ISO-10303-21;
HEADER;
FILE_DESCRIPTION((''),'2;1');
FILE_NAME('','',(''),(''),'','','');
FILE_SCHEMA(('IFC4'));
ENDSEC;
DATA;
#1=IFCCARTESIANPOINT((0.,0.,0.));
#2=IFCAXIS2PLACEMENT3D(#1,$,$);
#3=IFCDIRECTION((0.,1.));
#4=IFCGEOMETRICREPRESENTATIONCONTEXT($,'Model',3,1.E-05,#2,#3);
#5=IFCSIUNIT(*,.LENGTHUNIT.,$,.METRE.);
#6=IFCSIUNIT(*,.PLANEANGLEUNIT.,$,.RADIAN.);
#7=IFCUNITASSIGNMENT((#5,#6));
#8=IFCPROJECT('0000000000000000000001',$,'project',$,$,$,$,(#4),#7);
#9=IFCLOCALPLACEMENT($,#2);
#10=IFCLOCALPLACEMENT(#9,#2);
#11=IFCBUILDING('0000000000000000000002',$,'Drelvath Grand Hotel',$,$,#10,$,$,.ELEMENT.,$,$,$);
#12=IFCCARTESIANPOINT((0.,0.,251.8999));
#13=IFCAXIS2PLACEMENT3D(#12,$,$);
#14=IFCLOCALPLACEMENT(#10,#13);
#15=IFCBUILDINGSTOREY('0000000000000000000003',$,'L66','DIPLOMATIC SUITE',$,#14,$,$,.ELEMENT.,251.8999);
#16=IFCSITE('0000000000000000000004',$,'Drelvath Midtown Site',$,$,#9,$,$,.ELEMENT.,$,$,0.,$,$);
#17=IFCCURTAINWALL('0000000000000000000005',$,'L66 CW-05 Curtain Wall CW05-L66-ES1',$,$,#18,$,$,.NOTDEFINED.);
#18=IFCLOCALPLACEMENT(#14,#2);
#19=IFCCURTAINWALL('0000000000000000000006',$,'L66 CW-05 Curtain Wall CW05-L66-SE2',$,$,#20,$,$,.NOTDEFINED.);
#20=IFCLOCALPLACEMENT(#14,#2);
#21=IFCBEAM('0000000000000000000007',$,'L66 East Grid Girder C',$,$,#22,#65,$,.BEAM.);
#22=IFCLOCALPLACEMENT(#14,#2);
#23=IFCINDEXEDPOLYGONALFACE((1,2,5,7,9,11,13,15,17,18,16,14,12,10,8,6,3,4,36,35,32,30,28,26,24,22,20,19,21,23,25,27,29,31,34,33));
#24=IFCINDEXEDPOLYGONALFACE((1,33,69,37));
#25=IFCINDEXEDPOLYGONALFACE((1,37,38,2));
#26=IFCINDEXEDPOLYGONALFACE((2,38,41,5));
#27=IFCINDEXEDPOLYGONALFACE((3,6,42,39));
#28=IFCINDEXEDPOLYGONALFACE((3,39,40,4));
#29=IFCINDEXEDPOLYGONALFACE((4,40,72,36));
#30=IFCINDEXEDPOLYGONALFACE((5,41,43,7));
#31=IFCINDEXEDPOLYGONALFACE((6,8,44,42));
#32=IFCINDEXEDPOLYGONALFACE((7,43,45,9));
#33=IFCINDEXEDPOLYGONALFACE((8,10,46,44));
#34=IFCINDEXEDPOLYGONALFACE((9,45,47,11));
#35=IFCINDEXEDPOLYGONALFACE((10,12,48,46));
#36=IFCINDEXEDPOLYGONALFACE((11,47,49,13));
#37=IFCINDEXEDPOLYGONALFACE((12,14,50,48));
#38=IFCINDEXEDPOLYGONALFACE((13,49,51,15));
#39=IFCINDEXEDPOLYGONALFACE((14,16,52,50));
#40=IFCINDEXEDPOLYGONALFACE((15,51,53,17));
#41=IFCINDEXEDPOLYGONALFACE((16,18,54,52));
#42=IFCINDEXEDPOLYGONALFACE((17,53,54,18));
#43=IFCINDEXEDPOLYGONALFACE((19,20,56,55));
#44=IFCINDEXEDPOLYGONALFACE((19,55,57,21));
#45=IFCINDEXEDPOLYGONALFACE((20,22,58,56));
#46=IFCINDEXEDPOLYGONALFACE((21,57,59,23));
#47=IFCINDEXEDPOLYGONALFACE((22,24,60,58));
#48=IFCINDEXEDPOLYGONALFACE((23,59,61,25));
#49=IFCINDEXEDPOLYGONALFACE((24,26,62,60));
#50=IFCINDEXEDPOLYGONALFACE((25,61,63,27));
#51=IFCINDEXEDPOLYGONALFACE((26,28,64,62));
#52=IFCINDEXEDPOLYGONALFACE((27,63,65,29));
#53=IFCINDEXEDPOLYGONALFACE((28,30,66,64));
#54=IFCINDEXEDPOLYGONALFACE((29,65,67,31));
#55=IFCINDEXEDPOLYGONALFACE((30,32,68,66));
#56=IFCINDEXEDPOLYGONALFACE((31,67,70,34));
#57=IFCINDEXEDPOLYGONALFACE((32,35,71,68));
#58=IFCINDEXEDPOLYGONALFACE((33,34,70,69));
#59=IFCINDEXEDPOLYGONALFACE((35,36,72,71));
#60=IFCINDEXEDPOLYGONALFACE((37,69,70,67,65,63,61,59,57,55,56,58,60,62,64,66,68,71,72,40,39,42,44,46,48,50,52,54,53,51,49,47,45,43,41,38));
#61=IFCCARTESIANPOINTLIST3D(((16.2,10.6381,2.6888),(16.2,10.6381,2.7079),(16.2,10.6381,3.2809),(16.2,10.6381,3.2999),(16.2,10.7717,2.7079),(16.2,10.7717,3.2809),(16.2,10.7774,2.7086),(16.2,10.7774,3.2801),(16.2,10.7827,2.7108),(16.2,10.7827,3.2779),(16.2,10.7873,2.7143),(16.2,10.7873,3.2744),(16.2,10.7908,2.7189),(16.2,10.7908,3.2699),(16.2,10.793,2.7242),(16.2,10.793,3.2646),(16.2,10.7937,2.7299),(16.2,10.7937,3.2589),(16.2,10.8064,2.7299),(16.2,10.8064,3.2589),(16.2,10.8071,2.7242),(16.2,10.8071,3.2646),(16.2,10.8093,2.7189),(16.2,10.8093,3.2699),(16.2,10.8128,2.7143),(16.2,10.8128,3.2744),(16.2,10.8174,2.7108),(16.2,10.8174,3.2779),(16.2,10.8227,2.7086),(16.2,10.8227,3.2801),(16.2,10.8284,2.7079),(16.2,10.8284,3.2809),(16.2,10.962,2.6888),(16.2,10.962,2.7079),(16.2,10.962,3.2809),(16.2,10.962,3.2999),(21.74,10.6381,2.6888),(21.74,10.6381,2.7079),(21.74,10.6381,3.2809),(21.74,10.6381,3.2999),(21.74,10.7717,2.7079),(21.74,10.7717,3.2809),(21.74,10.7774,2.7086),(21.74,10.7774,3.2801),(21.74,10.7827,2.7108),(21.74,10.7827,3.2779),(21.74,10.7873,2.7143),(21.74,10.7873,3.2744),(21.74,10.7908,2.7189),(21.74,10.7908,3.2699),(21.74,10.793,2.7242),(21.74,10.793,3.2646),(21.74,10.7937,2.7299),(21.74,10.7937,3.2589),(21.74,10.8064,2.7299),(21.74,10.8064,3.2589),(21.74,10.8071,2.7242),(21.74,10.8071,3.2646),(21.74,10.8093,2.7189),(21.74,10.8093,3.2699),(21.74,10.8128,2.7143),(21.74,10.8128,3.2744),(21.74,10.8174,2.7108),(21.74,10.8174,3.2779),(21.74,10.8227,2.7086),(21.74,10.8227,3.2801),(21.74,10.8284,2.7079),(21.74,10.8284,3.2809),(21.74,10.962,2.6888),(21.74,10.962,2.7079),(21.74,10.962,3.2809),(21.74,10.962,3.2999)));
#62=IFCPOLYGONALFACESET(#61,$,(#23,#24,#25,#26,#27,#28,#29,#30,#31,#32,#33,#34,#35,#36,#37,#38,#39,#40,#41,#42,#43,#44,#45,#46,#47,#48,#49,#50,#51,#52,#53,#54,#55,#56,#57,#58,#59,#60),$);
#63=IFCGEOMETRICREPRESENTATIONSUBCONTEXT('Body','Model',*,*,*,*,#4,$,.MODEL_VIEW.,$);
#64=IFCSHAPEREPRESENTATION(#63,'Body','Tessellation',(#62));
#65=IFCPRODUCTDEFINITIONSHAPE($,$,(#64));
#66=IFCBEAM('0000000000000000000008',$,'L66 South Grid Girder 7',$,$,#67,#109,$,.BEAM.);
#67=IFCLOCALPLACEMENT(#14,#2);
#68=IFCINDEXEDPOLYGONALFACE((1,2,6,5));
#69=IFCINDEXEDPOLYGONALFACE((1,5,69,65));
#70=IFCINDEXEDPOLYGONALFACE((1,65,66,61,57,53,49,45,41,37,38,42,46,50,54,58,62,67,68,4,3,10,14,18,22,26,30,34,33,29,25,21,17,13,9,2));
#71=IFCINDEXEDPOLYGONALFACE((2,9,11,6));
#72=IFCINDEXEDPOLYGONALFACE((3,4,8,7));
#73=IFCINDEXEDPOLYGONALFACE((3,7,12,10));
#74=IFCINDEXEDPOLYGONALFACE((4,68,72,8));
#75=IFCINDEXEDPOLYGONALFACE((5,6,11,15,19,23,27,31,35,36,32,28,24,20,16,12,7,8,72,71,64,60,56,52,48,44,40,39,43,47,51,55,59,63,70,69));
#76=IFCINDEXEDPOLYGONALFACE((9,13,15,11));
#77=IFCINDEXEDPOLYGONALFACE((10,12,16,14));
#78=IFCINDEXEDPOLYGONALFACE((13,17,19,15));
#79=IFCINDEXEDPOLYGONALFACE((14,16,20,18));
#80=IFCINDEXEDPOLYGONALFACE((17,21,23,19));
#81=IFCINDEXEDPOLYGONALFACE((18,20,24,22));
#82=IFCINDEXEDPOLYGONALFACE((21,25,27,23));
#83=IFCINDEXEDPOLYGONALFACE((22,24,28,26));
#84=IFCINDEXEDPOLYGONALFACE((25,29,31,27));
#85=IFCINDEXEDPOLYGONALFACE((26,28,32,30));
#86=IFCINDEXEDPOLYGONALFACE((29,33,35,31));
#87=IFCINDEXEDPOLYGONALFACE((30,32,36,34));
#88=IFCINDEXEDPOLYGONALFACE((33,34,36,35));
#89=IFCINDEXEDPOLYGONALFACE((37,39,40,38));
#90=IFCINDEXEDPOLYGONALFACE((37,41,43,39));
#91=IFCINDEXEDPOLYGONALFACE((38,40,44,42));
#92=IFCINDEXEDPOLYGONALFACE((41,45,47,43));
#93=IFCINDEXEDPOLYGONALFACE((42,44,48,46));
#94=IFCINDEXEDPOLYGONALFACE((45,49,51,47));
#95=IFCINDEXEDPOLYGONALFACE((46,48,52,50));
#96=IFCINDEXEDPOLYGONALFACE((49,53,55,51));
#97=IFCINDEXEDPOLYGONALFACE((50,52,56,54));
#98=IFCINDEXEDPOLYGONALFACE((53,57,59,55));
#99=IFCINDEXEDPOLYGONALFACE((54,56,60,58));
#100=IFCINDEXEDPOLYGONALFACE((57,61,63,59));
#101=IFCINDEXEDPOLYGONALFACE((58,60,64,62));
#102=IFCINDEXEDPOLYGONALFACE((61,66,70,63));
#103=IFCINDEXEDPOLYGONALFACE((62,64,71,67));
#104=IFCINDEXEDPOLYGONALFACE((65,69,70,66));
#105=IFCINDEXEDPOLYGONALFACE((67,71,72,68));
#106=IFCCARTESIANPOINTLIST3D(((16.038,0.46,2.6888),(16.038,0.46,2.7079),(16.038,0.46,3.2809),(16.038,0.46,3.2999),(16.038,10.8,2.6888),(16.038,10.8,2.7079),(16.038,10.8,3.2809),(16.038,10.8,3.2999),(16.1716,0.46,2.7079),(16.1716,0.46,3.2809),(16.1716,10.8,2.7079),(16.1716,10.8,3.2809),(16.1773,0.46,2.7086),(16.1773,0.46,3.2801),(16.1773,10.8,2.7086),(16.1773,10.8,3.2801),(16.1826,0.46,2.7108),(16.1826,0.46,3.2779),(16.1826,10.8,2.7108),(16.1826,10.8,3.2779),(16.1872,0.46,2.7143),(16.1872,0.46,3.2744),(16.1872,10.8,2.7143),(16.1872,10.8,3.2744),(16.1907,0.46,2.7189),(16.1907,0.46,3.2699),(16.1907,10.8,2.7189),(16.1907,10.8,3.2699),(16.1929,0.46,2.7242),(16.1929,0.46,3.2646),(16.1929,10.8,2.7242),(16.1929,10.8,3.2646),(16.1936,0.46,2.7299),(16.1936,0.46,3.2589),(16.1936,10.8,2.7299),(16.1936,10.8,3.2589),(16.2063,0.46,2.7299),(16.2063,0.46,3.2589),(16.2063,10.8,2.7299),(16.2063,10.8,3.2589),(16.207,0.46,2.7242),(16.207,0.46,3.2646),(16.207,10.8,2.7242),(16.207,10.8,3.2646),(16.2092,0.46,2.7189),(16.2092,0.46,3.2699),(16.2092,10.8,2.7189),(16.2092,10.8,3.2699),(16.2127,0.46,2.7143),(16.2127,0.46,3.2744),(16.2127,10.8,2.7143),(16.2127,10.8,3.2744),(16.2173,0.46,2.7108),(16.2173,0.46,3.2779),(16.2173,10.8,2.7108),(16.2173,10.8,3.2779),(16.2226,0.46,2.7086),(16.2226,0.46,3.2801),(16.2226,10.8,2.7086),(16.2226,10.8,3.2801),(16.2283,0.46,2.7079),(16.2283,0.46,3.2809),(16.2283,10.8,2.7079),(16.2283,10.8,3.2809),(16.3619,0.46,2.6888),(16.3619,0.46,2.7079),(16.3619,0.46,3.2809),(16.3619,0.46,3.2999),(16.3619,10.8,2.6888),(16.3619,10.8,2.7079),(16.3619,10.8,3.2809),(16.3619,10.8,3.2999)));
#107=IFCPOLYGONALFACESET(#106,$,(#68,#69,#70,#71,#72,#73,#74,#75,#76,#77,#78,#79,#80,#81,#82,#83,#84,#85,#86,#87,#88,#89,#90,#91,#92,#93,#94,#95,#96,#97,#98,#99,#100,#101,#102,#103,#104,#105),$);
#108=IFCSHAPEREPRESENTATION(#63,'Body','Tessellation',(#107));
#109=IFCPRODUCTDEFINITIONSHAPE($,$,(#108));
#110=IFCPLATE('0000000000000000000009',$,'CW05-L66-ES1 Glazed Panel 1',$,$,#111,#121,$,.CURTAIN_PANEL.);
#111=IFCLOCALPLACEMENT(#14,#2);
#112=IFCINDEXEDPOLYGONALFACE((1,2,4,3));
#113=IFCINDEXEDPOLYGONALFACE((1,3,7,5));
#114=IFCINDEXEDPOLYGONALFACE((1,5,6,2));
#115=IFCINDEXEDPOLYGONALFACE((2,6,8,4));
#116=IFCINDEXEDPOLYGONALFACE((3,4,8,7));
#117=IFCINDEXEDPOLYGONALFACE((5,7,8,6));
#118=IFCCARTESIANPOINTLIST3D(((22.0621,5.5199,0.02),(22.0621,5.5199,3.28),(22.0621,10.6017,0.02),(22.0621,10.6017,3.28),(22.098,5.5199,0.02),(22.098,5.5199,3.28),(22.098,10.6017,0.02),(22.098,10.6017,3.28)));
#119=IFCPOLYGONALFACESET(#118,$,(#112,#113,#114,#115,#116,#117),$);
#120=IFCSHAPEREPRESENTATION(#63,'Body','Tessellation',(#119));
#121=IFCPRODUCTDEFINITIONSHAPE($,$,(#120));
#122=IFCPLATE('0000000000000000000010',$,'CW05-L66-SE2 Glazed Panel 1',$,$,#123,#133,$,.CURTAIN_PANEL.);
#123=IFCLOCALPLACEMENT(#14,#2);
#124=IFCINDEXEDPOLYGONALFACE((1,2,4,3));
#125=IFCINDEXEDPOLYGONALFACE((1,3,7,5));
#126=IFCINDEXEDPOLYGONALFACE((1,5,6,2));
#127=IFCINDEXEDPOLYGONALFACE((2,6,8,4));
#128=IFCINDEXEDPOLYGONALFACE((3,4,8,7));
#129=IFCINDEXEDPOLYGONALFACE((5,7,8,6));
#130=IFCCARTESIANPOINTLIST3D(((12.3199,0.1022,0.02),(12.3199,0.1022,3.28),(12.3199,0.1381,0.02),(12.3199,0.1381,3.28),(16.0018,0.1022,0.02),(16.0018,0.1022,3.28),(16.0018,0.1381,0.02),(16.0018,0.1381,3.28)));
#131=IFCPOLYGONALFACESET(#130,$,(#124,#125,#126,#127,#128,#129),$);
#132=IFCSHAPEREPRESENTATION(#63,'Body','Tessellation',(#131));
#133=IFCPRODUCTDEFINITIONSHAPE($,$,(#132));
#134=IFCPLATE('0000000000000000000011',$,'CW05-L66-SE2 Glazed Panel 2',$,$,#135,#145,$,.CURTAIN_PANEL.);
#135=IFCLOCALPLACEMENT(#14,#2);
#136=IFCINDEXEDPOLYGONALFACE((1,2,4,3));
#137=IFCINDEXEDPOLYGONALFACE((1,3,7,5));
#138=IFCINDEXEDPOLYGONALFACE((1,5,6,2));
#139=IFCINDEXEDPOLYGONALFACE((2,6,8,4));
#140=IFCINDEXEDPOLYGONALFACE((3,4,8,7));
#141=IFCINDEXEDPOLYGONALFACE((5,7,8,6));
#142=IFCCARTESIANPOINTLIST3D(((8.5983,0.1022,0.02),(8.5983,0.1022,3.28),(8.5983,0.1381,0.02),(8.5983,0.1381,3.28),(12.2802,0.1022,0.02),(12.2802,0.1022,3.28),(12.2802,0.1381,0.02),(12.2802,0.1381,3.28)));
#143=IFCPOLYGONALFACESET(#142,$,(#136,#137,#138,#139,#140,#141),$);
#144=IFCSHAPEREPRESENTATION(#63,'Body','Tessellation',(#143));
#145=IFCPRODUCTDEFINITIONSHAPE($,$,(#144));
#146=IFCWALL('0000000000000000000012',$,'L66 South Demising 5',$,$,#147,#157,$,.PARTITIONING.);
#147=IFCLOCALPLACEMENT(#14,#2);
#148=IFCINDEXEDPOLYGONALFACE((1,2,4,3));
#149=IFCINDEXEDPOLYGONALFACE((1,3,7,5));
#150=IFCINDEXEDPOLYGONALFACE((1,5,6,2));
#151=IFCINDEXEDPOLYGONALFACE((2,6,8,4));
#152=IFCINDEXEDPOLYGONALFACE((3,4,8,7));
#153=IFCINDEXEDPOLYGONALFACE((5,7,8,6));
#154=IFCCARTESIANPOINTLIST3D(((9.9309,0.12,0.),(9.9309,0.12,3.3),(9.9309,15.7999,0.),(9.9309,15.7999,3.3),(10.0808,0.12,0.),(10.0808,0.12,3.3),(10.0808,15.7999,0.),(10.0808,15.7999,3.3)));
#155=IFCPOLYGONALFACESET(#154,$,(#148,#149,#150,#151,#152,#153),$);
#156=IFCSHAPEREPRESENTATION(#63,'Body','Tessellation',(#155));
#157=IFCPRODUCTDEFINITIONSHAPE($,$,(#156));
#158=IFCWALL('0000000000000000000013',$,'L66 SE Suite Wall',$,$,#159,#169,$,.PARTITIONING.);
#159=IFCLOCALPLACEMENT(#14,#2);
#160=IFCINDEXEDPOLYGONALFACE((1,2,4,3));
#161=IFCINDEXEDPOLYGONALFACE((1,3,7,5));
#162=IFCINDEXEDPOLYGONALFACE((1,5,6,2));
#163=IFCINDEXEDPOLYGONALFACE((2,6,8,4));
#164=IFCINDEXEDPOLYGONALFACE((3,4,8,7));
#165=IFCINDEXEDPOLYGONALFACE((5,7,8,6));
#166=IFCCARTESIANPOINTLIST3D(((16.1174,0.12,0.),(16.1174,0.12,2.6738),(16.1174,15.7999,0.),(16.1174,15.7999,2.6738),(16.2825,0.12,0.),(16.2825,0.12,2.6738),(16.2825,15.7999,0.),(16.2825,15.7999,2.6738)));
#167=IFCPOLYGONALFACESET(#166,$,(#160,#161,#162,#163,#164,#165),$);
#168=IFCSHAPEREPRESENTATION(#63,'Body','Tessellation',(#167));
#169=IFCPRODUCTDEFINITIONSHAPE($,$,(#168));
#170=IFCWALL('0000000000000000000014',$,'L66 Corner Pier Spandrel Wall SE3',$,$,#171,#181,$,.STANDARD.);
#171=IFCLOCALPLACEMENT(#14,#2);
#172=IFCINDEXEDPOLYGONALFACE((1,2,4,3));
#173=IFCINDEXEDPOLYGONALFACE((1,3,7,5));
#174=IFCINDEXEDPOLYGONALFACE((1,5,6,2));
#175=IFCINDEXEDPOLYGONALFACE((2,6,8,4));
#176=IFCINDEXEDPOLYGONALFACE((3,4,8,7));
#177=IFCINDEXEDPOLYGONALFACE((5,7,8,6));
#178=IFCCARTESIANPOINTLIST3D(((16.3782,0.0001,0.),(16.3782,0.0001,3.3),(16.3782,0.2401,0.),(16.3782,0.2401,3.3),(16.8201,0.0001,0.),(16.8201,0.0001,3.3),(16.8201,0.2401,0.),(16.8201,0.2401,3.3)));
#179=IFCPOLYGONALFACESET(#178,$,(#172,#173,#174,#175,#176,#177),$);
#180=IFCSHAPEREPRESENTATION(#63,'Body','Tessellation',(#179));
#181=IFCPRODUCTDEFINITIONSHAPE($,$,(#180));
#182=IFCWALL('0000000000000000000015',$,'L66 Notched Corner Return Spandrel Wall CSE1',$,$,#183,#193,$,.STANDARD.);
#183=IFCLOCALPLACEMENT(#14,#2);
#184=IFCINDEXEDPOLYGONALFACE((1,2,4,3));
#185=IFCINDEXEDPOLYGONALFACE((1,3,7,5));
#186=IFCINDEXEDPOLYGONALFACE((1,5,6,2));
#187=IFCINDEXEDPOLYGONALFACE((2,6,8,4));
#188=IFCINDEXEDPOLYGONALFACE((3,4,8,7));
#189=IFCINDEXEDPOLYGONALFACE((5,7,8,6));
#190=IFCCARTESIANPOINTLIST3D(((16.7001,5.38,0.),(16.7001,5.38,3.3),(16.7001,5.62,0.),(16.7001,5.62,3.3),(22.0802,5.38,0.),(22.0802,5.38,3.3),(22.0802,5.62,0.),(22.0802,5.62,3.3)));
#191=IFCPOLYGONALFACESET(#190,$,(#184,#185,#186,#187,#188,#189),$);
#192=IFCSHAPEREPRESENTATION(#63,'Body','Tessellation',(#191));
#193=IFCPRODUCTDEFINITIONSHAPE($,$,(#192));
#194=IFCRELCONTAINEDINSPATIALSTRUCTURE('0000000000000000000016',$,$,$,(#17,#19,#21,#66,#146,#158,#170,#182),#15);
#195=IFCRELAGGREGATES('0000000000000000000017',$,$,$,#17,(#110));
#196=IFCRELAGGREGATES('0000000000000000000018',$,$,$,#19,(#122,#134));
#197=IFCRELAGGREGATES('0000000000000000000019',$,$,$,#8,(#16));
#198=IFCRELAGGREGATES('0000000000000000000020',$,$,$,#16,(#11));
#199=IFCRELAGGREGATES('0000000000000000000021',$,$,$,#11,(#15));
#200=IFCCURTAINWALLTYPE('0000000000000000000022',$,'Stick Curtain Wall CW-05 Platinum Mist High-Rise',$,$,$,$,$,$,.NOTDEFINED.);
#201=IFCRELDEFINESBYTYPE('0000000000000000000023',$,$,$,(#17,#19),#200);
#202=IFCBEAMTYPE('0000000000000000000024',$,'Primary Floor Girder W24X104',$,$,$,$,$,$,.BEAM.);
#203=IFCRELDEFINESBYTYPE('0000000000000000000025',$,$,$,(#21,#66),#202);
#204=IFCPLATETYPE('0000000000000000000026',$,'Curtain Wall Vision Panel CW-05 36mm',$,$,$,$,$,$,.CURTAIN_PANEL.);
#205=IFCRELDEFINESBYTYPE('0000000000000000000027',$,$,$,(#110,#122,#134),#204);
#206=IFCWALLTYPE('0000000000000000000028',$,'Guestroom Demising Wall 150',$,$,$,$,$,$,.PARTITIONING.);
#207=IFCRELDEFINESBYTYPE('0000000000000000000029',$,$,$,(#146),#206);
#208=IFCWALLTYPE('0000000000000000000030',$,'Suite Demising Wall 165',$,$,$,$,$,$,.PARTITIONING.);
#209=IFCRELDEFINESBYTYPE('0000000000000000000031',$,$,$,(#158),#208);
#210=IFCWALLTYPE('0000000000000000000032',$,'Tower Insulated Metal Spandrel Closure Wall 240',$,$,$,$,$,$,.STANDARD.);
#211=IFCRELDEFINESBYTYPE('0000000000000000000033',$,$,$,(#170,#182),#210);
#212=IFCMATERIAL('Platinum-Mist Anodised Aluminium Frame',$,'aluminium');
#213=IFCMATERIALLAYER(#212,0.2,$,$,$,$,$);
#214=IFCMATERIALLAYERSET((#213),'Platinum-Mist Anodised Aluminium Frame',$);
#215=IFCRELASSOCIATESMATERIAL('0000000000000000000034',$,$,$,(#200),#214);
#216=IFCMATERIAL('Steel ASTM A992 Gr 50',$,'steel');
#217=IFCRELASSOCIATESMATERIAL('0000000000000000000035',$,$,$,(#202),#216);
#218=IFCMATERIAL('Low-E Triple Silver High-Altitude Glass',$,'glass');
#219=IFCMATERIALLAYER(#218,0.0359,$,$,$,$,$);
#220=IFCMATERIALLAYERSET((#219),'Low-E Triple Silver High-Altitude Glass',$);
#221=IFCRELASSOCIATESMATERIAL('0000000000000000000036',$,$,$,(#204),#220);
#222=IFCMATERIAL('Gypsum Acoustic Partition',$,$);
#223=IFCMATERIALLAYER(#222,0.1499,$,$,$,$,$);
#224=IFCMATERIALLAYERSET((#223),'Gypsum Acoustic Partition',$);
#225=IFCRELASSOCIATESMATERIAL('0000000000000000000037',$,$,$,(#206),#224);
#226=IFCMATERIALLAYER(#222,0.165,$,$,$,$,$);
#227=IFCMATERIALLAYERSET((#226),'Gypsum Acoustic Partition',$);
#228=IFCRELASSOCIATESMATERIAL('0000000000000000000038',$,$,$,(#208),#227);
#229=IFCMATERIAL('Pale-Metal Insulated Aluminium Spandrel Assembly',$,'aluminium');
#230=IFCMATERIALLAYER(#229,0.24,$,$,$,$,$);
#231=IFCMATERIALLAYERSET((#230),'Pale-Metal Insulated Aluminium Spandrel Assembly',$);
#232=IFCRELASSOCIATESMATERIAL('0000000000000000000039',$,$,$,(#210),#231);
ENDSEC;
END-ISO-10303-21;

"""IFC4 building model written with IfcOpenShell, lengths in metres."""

from ifc_helpers import new_model, si_unit, direction, frame, frame_2d, origin, origin_2d, place, context, subcontext, project, spatial, rectangle, i_section, extrude, material, layer, layer_set, material_profile, profile_set, type_object, element, aggregate, save


model = new_model("IFC4")

# Units and contexts
model_context = context("Model", 3, precision=1e-05, world=origin(), true_north=direction((0.0, 1.0)))
body_context = subcontext(model_context, "Body", "Model", "MODEL_VIEW")
ifc_project = project(units=[si_unit("LENGTHUNIT", "METRE"), si_unit("PLANEANGLEUNIT", "RADIAN")], contexts=[model_context])

# Site, building, storey
site_placement = place(None, origin())
site = spatial("IfcSite", under=ifc_project, at=site_placement, Name="Drelvath Midtown Site", CompositionType="ELEMENT", RefElevation=0.0)
building_placement = place(site_placement, origin())
building = spatial("IfcBuilding", under=site, at=building_placement, Name="Drelvath Grand Hotel", CompositionType="ELEMENT")
storey_placement = place(building_placement, frame((0.0, 0.0, 251.8999)))
storey = spatial("IfcBuildingStorey", under=building, at=storey_placement, Name="L66", Description="DIPLOMATIC SUITE", CompositionType="ELEMENT", Elevation=251.8999)

# Shared definitions
ifc_material_1 = material(Name="Steel ASTM A992 Gr 50", Category="steel")

# Curtain walls
ifc_material_2 = material(Name="Platinum-Mist Anodised Aluminium Frame", Category="aluminium")
ifc_layer_1 = layer(ifc_material_2, 0.2)
ifc_layer_set_1 = layer_set([ifc_layer_1], Name="Platinum-Mist Anodised Aluminium Frame")
curtain_wall_type = type_object("IfcCurtainWallType", Name="Stick Curtain Wall CW-05 Platinum Mist High-Rise", PredefinedType="NOTDEFINED", material=ifc_layer_set_1)
curtain_wall_1_placement = place(storey_placement, origin())
curtain_wall_1 = element("IfcCurtainWall", 1, at=curtain_wall_1_placement, inside=storey, type_object=curtain_wall_type, Name="L66 CW-05 Curtain Wall CW05-L66-ES1", PredefinedType="NOTDEFINED")
curtain_wall_2_placement = place(storey_placement, origin())
curtain_wall_2 = element("IfcCurtainWall", 2, at=curtain_wall_2_placement, inside=storey, type_object=curtain_wall_type, Name="L66 CW-05 Curtain Wall CW05-L66-SE2", PredefinedType="NOTDEFINED")

# Beams
ifc_material_profile_1 = material_profile(ifc_material_1, i_section(OverallWidth=0.324, OverallDepth=0.6111, WebThickness=0.0127, FlangeThickness=0.019, FilletRadius=0.022, at=origin_2d()), Name="W24X104")
ifc_profile_set_1 = profile_set([ifc_material_profile_1], Name="Steel ASTM A992 Gr 50")
beam_type_1 = type_object("IfcBeamType", Name="Primary Floor Girder W24X104", PredefinedType="BEAM", material=ifc_profile_set_1)
beam_1_placement = place(storey_placement, frame((16.2, 10.8, 2.9944), z_axis=(1.0, 0.0, 0.0), x_axis=(0.0, 1.0, 0.0)))
element("IfcBeam", 3, at=beam_1_placement, inside=storey, type_object=beam_type_1, Name="L66 East Grid Girder C", PredefinedType="BEAM", context=body_context, shape_type="SweptSolid", body=[
    extrude(i_section(OverallWidth=0.324, OverallDepth=0.6111, WebThickness=0.0127, FlangeThickness=0.019, FilletRadius=0.022, at=origin_2d()), origin(), (0.0, 0.0, 1.0), 5.54),
])
beam_2_placement = place(storey_placement, frame((16.2, 0.46, 2.9944), z_axis=(0.0, 1.0, 0.0), x_axis=(-1.0, 0.0, 0.0)))
element("IfcBeam", 4, at=beam_2_placement, inside=storey, type_object=beam_type_1, Name="L66 South Grid Girder 7", PredefinedType="BEAM", context=body_context, shape_type="SweptSolid", body=[
    extrude(i_section(OverallWidth=0.324, OverallDepth=0.6111, WebThickness=0.0127, FlangeThickness=0.019, FilletRadius=0.022, at=origin_2d()), origin(), (0.0, 0.0, 1.0), 10.3401),
])

# Plates
ifc_material_3 = material(Name="Low-E Triple Silver High-Altitude Glass", Category="glass")
ifc_layer_2 = layer(ifc_material_3, 0.0359)
ifc_layer_set_2 = layer_set([ifc_layer_2], Name="Low-E Triple Silver High-Altitude Glass")
plate_type = type_object("IfcPlateType", Name="Curtain Wall Vision Panel CW-05 36mm", PredefinedType="CURTAIN_PANEL", material=ifc_layer_set_2)
plate_1_placement = place(storey_placement, frame((22.0801, 8.0608, 0.02), z_axis=(0.0, 0.0, 1.0), x_axis=(0.0, -1.0, 0.0)))
plate_1 = element("IfcPlate", 5, at=plate_1_placement, type_object=plate_type, Name="CW05-L66-ES1 Glazed Panel 1", PredefinedType="CURTAIN_PANEL", context=body_context, shape_type="SweptSolid", body=[
    extrude(rectangle(XDim=5.0818, YDim=0.0359, at=origin_2d()), origin(), (0.0, 0.0, 1.0), 3.26),
])
aggregate(curtain_wall_1, [plate_1])
plate_2_placement = place(storey_placement, frame((14.1609, 0.1201, 0.02), z_axis=(0.0, 0.0, 1.0), x_axis=(-1.0, 0.0, 0.0)))
plate_2 = element("IfcPlate", 6, at=plate_2_placement, type_object=plate_type, Name="CW05-L66-SE2 Glazed Panel 1", PredefinedType="CURTAIN_PANEL", context=body_context, shape_type="SweptSolid", body=[
    extrude(rectangle(XDim=3.6819, YDim=0.0359, at=origin_2d()), origin(), (0.0, 0.0, 1.0), 3.26),
])
plate_3_placement = place(storey_placement, frame((10.4392, 0.1201, 0.02), z_axis=(0.0, 0.0, 1.0), x_axis=(-1.0, 0.0, 0.0)))
plate_3 = element("IfcPlate", 7, at=plate_3_placement, type_object=plate_type, Name="CW05-L66-SE2 Glazed Panel 2", PredefinedType="CURTAIN_PANEL", context=body_context, shape_type="SweptSolid", body=[
    extrude(rectangle(XDim=3.6819, YDim=0.0359, at=origin_2d()), origin(), (0.0, 0.0, 1.0), 3.26),
])
aggregate(curtain_wall_2, [plate_2, plate_3])

# Walls
ifc_material_4 = material(Name="Gypsum Acoustic Partition")
ifc_layer_3 = layer(ifc_material_4, 0.1499)
ifc_layer_set_3 = layer_set([ifc_layer_3], Name="Gypsum Acoustic Partition")
wall_type_1 = type_object("IfcWallType", Name="Guestroom Demising Wall 150", PredefinedType="PARTITIONING", material=ifc_layer_set_3)
wall_1_placement = place(storey_placement, frame((10.0059, 0.1201, 0.0), z_axis=(0.0, 0.0, 1.0), x_axis=(0.0, 1.0, 0.0)))
element("IfcWall", 8, at=wall_1_placement, inside=storey, type_object=wall_type_1, Name="L66 South Demising 5", PredefinedType="PARTITIONING", context=body_context, shape_type="SweptSolid", body=[
    extrude(rectangle(XDim=15.6799, YDim=0.1499, at=frame_2d((7.8398, 0.0))), origin(), (0.0, 0.0, 1.0), 3.3),
])
ifc_layer_4 = layer(ifc_material_4, 0.165)
ifc_layer_set_4 = layer_set([ifc_layer_4], Name="Gypsum Acoustic Partition")
wall_type_2 = type_object("IfcWallType", Name="Suite Demising Wall 165", PredefinedType="PARTITIONING", material=ifc_layer_set_4)
wall_2_placement = place(storey_placement, frame((16.2, 0.1201, 0.0), z_axis=(0.0, 0.0, 1.0), x_axis=(0.0, 1.0, 0.0)))
element("IfcWall", 9, at=wall_2_placement, inside=storey, type_object=wall_type_2, Name="L66 SE Suite Wall", PredefinedType="PARTITIONING", context=body_context, shape_type="SweptSolid", body=[
    extrude(rectangle(XDim=15.6799, YDim=0.165, at=frame_2d((7.8398, 0.0))), origin(), (0.0, 0.0, 1.0), 2.6738),
])
ifc_material_5 = material(Name="Pale-Metal Insulated Aluminium Spandrel Assembly", Category="aluminium")
ifc_layer_5 = layer(ifc_material_5, 0.24)
ifc_layer_set_5 = layer_set([ifc_layer_5], Name="Pale-Metal Insulated Aluminium Spandrel Assembly")
wall_type_3 = type_object("IfcWallType", Name="Tower Insulated Metal Spandrel Closure Wall 240", PredefinedType="STANDARD", material=ifc_layer_set_5)
wall_3_placement = place(storey_placement, frame((16.8201, 0.1201, 0.0), z_axis=(0.0, 0.0, 1.0), x_axis=(-1.0, 0.0, 0.0)))
element("IfcWall", 10, at=wall_3_placement, inside=storey, type_object=wall_type_3, Name="L66 Corner Pier Spandrel Wall SE3", PredefinedType="STANDARD", context=body_context, shape_type="SweptSolid", body=[
    extrude(rectangle(XDim=0.4419, YDim=0.24, at=frame_2d((0.2209, 0.0))), origin(), (0.0, 0.0, 1.0), 3.3),
])
wall_4_placement = place(storey_placement, frame((22.0801, 5.5, 0.0), z_axis=(0.0, 0.0, 1.0), x_axis=(-1.0, 0.0, 0.0)))
element("IfcWall", 11, at=wall_4_placement, inside=storey, type_object=wall_type_3, Name="L66 Notched Corner Return Spandrel Wall CSE1", PredefinedType="STANDARD", context=body_context, shape_type="SweptSolid", body=[
    extrude(rectangle(XDim=5.3801, YDim=0.24, at=frame_2d((2.6899, 0.0))), origin(), (0.0, 0.0, 1.0), 3.3),
])

save(model, "model.ifc")
